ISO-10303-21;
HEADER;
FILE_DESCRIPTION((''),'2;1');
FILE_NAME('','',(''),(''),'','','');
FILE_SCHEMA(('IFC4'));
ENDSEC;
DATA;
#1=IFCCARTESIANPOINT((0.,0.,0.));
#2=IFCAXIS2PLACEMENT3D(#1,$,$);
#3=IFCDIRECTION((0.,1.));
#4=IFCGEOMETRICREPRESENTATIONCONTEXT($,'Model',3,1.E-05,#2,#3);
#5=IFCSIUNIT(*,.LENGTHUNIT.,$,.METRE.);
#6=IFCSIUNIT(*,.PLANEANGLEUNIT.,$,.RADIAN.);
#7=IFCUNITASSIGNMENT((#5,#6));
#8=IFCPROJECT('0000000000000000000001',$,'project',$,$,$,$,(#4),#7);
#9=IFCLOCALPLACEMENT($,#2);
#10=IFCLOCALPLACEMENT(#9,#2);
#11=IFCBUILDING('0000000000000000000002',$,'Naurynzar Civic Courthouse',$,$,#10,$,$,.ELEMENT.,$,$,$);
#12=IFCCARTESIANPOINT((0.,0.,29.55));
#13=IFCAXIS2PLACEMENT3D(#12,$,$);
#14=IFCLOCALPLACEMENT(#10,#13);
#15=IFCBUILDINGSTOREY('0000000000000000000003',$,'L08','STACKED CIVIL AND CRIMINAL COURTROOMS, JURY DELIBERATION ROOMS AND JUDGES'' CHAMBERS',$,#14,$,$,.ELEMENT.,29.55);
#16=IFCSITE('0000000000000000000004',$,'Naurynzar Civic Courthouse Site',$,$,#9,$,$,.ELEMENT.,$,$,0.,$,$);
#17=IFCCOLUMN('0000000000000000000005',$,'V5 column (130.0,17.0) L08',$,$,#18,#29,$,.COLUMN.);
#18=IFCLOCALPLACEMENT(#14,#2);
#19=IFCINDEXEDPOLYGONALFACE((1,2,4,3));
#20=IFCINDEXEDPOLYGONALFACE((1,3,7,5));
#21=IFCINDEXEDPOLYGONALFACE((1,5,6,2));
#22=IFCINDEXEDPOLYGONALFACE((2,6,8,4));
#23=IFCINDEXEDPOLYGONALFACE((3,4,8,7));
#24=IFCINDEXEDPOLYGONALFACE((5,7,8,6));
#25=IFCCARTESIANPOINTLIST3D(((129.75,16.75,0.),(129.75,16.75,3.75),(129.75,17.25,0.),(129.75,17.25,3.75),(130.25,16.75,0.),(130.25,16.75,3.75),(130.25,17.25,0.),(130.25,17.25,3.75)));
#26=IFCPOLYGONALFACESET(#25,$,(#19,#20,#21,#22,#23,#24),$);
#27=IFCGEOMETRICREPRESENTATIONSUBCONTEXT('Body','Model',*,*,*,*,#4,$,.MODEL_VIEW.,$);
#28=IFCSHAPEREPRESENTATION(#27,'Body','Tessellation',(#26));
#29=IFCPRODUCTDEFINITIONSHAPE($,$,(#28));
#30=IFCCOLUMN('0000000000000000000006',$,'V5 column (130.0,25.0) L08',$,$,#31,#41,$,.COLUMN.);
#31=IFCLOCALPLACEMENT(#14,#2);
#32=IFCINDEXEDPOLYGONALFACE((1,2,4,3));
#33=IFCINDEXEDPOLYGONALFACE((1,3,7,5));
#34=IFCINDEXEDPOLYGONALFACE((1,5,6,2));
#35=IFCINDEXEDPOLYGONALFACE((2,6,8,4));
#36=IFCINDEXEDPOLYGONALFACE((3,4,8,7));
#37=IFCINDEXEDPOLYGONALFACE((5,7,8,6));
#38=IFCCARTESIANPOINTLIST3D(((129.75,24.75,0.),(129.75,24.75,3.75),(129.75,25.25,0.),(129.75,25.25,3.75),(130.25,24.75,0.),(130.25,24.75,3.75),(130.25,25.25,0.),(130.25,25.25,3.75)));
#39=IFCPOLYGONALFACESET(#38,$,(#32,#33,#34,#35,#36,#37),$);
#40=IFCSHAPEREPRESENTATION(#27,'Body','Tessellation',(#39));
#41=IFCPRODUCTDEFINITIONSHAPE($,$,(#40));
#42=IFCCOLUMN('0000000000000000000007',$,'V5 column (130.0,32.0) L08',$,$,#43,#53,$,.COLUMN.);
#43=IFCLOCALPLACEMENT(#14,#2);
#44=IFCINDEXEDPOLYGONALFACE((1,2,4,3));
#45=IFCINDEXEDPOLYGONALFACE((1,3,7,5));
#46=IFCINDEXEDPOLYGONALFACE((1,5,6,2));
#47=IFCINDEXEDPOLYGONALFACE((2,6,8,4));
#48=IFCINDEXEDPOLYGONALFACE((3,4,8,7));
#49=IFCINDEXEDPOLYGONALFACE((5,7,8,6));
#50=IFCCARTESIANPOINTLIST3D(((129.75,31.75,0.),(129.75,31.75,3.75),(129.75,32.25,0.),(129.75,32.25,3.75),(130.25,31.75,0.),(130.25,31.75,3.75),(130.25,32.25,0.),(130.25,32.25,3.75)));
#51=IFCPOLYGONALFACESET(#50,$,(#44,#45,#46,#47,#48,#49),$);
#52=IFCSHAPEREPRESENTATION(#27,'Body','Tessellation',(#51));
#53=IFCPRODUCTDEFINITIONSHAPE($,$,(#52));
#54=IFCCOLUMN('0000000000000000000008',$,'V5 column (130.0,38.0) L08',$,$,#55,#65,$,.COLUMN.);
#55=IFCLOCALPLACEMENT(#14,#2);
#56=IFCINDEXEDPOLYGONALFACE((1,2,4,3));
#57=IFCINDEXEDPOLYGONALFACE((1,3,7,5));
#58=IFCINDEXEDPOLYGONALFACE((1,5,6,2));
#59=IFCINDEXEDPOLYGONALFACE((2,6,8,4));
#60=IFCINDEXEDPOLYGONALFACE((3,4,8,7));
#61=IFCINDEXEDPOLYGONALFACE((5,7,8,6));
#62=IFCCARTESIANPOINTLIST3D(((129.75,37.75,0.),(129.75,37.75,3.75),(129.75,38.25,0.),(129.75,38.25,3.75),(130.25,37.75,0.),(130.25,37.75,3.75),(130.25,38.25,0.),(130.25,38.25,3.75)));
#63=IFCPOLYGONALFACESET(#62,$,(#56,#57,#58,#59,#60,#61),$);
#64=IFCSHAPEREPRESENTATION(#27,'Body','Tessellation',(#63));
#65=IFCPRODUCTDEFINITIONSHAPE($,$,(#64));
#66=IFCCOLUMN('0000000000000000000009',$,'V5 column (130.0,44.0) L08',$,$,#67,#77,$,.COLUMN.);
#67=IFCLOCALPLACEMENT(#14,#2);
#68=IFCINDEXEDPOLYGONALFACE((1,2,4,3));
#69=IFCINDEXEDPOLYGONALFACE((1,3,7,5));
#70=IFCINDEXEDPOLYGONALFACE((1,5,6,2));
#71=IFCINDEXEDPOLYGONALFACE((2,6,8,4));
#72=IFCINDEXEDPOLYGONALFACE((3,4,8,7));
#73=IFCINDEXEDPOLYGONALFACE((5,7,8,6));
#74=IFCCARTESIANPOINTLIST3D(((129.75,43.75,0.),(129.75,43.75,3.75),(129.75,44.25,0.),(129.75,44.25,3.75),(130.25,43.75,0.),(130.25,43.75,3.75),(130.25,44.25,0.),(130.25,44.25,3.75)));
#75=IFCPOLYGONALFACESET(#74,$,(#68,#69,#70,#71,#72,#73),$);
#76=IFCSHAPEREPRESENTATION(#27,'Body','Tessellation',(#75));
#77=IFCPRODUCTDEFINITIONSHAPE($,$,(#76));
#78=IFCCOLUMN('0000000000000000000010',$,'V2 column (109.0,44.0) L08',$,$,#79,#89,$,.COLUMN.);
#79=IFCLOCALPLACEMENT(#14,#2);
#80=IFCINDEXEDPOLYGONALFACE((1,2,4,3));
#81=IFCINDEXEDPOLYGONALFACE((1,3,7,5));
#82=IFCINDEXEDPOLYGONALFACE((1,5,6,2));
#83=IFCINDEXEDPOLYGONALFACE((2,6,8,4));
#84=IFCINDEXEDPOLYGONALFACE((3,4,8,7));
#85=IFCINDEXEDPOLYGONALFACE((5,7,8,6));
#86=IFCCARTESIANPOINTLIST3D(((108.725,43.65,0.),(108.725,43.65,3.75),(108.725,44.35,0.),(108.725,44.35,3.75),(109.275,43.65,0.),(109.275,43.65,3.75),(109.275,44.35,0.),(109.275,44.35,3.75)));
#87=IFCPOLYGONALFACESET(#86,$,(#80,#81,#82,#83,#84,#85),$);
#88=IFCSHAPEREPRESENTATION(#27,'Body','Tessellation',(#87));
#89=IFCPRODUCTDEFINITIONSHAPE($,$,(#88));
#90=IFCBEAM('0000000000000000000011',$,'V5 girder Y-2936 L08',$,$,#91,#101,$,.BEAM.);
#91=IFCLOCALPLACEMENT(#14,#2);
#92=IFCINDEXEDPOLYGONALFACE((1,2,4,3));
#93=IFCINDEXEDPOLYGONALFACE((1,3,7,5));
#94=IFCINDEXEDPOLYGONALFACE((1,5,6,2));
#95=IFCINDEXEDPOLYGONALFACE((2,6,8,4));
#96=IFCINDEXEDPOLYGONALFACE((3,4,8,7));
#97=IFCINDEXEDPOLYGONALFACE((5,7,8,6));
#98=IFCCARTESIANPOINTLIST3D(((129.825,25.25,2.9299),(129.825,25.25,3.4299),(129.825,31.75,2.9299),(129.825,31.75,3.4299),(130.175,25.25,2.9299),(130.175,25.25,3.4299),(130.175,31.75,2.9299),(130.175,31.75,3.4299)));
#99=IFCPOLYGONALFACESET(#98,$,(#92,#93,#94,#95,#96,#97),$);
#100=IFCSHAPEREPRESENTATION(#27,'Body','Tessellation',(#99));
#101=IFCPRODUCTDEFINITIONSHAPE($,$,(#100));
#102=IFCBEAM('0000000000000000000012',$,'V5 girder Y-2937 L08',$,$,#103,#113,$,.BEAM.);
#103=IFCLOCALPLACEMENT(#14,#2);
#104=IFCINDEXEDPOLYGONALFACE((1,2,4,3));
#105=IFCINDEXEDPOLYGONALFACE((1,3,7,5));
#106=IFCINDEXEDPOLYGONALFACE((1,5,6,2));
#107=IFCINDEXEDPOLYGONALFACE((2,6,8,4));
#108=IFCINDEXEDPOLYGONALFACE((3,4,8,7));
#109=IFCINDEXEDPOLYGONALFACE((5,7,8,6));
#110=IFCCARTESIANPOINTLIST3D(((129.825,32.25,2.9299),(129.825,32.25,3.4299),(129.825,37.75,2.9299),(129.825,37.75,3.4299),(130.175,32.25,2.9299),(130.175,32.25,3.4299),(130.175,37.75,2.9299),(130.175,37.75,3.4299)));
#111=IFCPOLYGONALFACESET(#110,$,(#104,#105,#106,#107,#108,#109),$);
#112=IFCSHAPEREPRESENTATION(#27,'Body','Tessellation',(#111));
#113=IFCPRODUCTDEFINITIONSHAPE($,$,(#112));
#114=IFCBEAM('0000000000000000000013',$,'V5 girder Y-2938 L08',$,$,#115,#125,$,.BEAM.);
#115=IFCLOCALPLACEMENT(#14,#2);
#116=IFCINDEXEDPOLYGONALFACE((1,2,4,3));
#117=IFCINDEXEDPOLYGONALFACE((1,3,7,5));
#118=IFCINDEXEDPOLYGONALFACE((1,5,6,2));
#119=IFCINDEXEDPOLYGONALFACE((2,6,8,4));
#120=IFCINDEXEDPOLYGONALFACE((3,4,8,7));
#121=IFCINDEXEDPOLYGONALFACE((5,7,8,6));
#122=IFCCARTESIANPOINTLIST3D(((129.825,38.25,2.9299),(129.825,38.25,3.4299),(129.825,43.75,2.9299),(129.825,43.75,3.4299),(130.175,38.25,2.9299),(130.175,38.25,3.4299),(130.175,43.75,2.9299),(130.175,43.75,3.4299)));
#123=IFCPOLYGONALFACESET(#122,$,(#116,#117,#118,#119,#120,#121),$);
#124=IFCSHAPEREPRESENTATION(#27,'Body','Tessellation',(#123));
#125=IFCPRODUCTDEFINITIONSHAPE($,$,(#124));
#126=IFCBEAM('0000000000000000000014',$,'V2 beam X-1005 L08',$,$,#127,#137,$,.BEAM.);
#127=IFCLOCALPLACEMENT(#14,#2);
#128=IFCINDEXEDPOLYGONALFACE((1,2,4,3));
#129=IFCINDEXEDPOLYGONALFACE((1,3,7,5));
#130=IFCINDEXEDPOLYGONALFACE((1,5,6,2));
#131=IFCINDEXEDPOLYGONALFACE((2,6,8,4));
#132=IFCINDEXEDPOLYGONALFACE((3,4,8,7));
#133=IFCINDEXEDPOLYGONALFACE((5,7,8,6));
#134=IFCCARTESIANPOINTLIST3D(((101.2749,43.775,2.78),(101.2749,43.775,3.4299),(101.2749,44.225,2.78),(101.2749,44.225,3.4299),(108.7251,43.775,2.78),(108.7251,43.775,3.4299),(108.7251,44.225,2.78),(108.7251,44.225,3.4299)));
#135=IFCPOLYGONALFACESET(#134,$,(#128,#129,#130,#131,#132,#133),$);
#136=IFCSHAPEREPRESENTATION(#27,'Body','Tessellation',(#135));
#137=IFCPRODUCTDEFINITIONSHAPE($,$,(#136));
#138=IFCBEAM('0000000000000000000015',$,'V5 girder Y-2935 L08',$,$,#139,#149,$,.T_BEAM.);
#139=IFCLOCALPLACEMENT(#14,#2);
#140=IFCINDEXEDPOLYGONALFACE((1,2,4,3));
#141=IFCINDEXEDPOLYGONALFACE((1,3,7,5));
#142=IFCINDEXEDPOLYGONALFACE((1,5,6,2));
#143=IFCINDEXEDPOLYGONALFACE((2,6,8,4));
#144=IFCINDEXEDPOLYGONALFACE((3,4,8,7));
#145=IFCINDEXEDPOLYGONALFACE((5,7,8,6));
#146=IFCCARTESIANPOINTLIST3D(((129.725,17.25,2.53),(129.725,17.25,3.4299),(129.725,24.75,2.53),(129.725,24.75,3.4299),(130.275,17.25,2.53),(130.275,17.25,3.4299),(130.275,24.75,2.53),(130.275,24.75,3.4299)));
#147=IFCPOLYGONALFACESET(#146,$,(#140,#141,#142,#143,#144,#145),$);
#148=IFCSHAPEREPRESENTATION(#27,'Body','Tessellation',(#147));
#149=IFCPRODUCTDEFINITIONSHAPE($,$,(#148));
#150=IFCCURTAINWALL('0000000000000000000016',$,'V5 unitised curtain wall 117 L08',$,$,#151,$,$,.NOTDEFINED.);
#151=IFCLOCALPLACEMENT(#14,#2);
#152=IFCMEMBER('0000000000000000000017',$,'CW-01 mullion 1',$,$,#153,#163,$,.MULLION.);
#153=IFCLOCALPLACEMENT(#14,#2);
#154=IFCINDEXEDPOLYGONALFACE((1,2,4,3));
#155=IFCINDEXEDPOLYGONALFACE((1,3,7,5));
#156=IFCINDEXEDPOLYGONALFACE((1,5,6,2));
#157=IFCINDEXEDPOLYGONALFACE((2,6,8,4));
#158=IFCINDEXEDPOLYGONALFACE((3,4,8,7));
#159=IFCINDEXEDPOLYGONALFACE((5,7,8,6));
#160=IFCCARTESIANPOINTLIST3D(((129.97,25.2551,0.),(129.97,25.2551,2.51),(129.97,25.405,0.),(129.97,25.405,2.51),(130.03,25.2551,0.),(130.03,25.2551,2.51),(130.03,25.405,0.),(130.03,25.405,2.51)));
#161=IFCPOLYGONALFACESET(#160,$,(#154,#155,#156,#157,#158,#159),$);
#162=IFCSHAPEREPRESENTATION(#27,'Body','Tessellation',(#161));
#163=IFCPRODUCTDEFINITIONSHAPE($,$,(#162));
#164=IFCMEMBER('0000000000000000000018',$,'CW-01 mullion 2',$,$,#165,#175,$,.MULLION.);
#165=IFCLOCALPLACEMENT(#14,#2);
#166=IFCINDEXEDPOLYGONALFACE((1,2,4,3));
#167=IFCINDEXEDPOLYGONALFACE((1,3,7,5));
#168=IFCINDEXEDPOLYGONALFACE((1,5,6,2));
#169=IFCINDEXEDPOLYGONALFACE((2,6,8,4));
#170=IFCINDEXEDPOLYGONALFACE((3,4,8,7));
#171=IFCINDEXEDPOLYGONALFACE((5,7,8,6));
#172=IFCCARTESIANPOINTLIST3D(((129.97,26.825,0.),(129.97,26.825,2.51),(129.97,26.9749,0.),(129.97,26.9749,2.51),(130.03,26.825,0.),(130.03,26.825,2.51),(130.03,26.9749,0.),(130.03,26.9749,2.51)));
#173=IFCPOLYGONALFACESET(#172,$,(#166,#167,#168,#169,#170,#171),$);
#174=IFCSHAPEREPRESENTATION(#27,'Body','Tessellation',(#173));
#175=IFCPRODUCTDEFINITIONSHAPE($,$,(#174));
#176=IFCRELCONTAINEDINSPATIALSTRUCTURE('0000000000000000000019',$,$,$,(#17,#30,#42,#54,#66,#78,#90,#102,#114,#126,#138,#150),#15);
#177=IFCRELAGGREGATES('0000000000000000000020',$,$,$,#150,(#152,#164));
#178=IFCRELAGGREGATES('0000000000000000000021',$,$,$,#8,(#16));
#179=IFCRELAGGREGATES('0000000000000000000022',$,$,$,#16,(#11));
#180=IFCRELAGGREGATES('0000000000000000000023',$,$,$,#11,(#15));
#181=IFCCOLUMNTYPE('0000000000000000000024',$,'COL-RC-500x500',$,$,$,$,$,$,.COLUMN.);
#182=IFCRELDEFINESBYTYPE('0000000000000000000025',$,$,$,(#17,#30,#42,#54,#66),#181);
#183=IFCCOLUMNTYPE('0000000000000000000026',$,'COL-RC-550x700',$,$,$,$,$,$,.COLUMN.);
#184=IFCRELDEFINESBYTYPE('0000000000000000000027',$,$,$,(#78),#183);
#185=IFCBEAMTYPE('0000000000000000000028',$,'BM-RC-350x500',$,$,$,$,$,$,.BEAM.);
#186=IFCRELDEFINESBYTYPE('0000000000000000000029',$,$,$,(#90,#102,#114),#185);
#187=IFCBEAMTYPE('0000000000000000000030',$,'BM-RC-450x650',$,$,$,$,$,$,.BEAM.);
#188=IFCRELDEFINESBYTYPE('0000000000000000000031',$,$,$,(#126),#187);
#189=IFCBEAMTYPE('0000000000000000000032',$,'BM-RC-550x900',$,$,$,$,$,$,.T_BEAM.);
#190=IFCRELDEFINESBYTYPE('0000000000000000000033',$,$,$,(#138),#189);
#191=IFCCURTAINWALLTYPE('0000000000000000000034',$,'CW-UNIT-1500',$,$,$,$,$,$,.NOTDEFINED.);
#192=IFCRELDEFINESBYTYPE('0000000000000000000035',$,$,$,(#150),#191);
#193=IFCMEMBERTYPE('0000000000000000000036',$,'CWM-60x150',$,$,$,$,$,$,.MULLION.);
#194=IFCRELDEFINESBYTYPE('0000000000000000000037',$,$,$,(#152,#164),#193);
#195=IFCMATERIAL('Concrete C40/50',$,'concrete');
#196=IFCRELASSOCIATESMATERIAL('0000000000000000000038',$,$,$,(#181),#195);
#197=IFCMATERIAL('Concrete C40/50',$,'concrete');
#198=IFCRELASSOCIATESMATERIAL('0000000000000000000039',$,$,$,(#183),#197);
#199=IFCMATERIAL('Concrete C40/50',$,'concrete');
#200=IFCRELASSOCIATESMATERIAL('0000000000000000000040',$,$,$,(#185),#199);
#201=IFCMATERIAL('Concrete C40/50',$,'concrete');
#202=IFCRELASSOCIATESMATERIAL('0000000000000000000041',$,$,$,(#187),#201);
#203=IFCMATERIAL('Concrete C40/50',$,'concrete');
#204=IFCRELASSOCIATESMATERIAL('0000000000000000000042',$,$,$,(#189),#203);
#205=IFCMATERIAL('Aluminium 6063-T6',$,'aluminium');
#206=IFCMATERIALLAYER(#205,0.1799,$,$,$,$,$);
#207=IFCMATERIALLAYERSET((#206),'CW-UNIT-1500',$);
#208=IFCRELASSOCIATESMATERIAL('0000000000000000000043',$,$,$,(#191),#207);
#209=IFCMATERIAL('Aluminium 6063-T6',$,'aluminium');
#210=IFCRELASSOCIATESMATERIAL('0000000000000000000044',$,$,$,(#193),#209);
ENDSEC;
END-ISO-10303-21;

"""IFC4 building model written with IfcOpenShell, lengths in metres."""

from ifc_helpers import new_model, si_unit, direction, frame, origin, origin_2d, place, context, subcontext, project, spatial, rectangle, extrude, material, layer, layer_set, material_profile, profile_set, type_object, element, aggregate, save


model = new_model("IFC4")

# Units and contexts
model_context = context("Model", 3, precision=1e-05, world=origin(), true_north=direction((0.0, 1.0)))
body_context = subcontext(model_context, "Body", "Model", "MODEL_VIEW")
ifc_project = project(units=[si_unit("LENGTHUNIT", "METRE"), si_unit("PLANEANGLEUNIT", "RADIAN")], contexts=[model_context])

# Site, building, storey
site_placement = place(None, origin())
site = spatial("IfcSite", under=ifc_project, at=site_placement, Name="Naurynzar Civic Courthouse Site", CompositionType="ELEMENT", RefElevation=0.0)
building_placement = place(site_placement, origin())
building = spatial("IfcBuilding", under=site, at=building_placement, Name="Naurynzar Civic Courthouse", CompositionType="ELEMENT")
storey_placement = place(building_placement, frame((0.0, 0.0, 29.55)))
storey = spatial("IfcBuildingStorey", under=building, at=storey_placement, Name="L08", Description="STACKED CIVIL AND CRIMINAL COURTROOMS, JURY DELIBERATION ROOMS AND JUDGES' CHAMBERS", CompositionType="ELEMENT", Elevation=29.55)

# Columns
ifc_material_1 = material(Name="Concrete C40/50", Category="concrete")
ifc_material_profile_1 = material_profile(ifc_material_1, rectangle(XDim=0.5, YDim=0.5, at=origin_2d()), Name="RC 500x500")
ifc_profile_set_1 = profile_set([ifc_material_profile_1], Name="Concrete C40/50")
column_type_1 = type_object("IfcColumnType", Name="COL-RC-500x500", PredefinedType="COLUMN", material=ifc_profile_set_1)
for number, where, z_axis, x_axis, name in (
    (1, (130.0, 17.0, 0.0), (0.0, 0.0, 1.0), (1.0, 0.0, 0.0), "V5 column (130.0,17.0) L08"),
    (2, (130.0, 25.0, 0.0), (0.0, 0.0, 1.0), (1.0, 0.0, 0.0), "V5 column (130.0,25.0) L08"),
    (3, (130.0, 32.0, 0.0), (0.0, 0.0, 1.0), (1.0, 0.0, 0.0), "V5 column (130.0,32.0) L08"),
    (4, (130.0, 38.0, 0.0), (0.0, 0.0, 1.0), (1.0, 0.0, 0.0), "V5 column (130.0,38.0) L08"),
    (5, (130.0, 44.0, 0.0), (0.0, 0.0, 1.0), (1.0, 0.0, 0.0), "V5 column (130.0,44.0) L08"),
):
    element("IfcColumn", number, at=place(storey_placement, frame(where, z_axis=z_axis, x_axis=x_axis)), inside=storey, type_object=column_type_1, Name=name, PredefinedType="COLUMN", context=body_context, shape_type="SweptSolid", body=[
        extrude(rectangle(XDim=0.5, YDim=0.5, at=origin_2d()), origin(), (0.0, 0.0, 1.0), 3.75),
    ])
ifc_material_2 = material(Name="Concrete C40/50", Category="concrete")
ifc_material_profile_2 = material_profile(ifc_material_2, rectangle(XDim=0.55, YDim=0.7, at=origin_2d()), Name="RC 550x700")
ifc_profile_set_2 = profile_set([ifc_material_profile_2], Name="Concrete C40/50")
column_type_2 = type_object("IfcColumnType", Name="COL-RC-550x700", PredefinedType="COLUMN", material=ifc_profile_set_2)
column_placement = place(storey_placement, frame((109.0, 44.0, 0.0), z_axis=(0.0, 0.0, 1.0), x_axis=(1.0, 0.0, 0.0)))
element("IfcColumn", 6, at=column_placement, inside=storey, type_object=column_type_2, Name="V2 column (109.0,44.0) L08", PredefinedType="COLUMN", context=body_context, shape_type="SweptSolid", body=[
    extrude(rectangle(XDim=0.55, YDim=0.7, at=origin_2d()), origin(), (0.0, 0.0, 1.0), 3.75),
])

# Beams
ifc_material_3 = material(Name="Concrete C40/50", Category="concrete")
ifc_material_profile_3 = material_profile(ifc_material_3, rectangle(XDim=0.3501, YDim=0.5, at=origin_2d()), Name="RCB 350x500")
ifc_profile_set_3 = profile_set([ifc_material_profile_3], Name="Concrete C40/50")
beam_type_1 = type_object("IfcBeamType", Name="BM-RC-350x500", PredefinedType="BEAM", material=ifc_profile_set_3)
beam_1_placement = place(storey_placement, frame((130.0, 25.25, 3.1799), z_axis=(0.0, 1.0, 0.0), x_axis=(-1.0, 0.0, 0.0)))
element("IfcBeam", 7, at=beam_1_placement, inside=storey, type_object=beam_type_1, Name="V5 girder Y-2936 L08", PredefinedType="BEAM", context=body_context, shape_type="SweptSolid", body=[
    extrude(rectangle(XDim=0.3501, YDim=0.5, at=origin_2d()), origin(), (0.0, 0.0, 1.0), 6.5),
])
for number, where, z_axis, x_axis, name in (
    (8, (130.0, 32.25, 3.1799), (0.0, 1.0, 0.0), (-1.0, 0.0, 0.0), "V5 girder Y-2937 L08"),
    (9, (130.0, 38.25, 3.1799), (0.0, 1.0, 0.0), (-1.0, 0.0, 0.0), "V5 girder Y-2938 L08"),
):
    element("IfcBeam", number, at=place(storey_placement, frame(where, z_axis=z_axis, x_axis=x_axis)), inside=storey, type_object=beam_type_1, Name=name, PredefinedType="BEAM", context=body_context, shape_type="SweptSolid", body=[
        extrude(rectangle(XDim=0.3501, YDim=0.5, at=origin_2d()), origin(), (0.0, 0.0, 1.0), 5.5),
    ])
ifc_material_4 = material(Name="Concrete C40/50", Category="concrete")
ifc_material_profile_4 = material_profile(ifc_material_4, rectangle(XDim=0.45, YDim=0.6499, at=origin_2d()), Name="RCB 450x650")
ifc_profile_set_4 = profile_set([ifc_material_profile_4], Name="Concrete C40/50")
beam_type_2 = type_object("IfcBeamType", Name="BM-RC-450x650", PredefinedType="BEAM", material=ifc_profile_set_4)
beam_2_placement = place(storey_placement, frame((101.2749, 44.0, 3.105), z_axis=(1.0, 0.0, 0.0), x_axis=(0.0, 1.0, 0.0)))
element("IfcBeam", 10, at=beam_2_placement, inside=storey, type_object=beam_type_2, Name="V2 beam X-1005 L08", PredefinedType="BEAM", context=body_context, shape_type="SweptSolid", body=[
    extrude(rectangle(XDim=0.45, YDim=0.6499, at=origin_2d()), origin(), (0.0, 0.0, 1.0), 7.4502),
])
ifc_material_5 = material(Name="Concrete C40/50", Category="concrete")
ifc_material_profile_5 = material_profile(ifc_material_5, rectangle(XDim=0.55, YDim=0.8999, at=origin_2d()), Name="RCB 550x900")
ifc_profile_set_5 = profile_set([ifc_material_profile_5], Name="Concrete C40/50")
beam_type_3 = type_object("IfcBeamType", Name="BM-RC-550x900", PredefinedType="T_BEAM", material=ifc_profile_set_5)
beam_3_placement = place(storey_placement, frame((130.0, 17.25, 2.98), z_axis=(0.0, 1.0, 0.0), x_axis=(-1.0, 0.0, 0.0)))
element("IfcBeam", 11, at=beam_3_placement, inside=storey, type_object=beam_type_3, Name="V5 girder Y-2935 L08", PredefinedType="T_BEAM", context=body_context, shape_type="SweptSolid", body=[
    extrude(rectangle(XDim=0.55, YDim=0.8999, at=origin_2d()), origin(), (0.0, 0.0, 1.0), 7.5),
])

# Curtain wall, members
ifc_material_6 = material(Name="Aluminium 6063-T6", Category="aluminium")
ifc_layer_1 = layer(ifc_material_6, 0.1799)
ifc_layer_set_1 = layer_set([ifc_layer_1], Name="CW-UNIT-1500")
curtain_wall_type = type_object("IfcCurtainWallType", Name="CW-UNIT-1500", PredefinedType="NOTDEFINED", material=ifc_layer_set_1)
curtain_wall_placement = place(storey_placement, origin())
curtain_wall = element("IfcCurtainWall", 12, at=curtain_wall_placement, inside=storey, type_object=curtain_wall_type, Name="V5 unitised curtain wall 117 L08", PredefinedType="NOTDEFINED")
ifc_material_7 = material(Name="Aluminium 6063-T6", Category="aluminium")
ifc_material_profile_6 = material_profile(ifc_material_7, rectangle(XDim=0.0601, YDim=0.1499, at=origin_2d()), Name="ALU MULLION 60x150")
ifc_profile_set_6 = profile_set([ifc_material_profile_6], Name="Aluminium 6063-T6")
member_type = type_object("IfcMemberType", Name="CWM-60x150", PredefinedType="MULLION", material=ifc_profile_set_6)
member_1_placement = place(storey_placement, frame((130.0, 25.3301, 0.0), z_axis=(0.0, 0.0, 1.0), x_axis=(-1.0, 0.0, 0.0)))
member_1 = element("IfcMember", 13, at=member_1_placement, type_object=member_type, Name="CW-01 mullion 1", PredefinedType="MULLION", context=body_context, shape_type="SweptSolid", body=[
    extrude(rectangle(XDim=0.0601, YDim=0.1499, at=origin_2d()), origin(), (0.0, 0.0, 1.0), 2.51),
])
member_2_placement = place(storey_placement, frame((130.0, 26.8999, 0.0), z_axis=(0.0, 0.0, 1.0), x_axis=(-1.0, 0.0, 0.0)))
member_2 = element("IfcMember", 14, at=member_2_placement, type_object=member_type, Name="CW-01 mullion 2", PredefinedType="MULLION", context=body_context, shape_type="SweptSolid", body=[
    extrude(rectangle(XDim=0.0601, YDim=0.1499, at=origin_2d()), origin(), (0.0, 0.0, 1.0), 2.51),
])
aggregate(curtain_wall, [member_1, member_2])

save(model, "model.ifc")
